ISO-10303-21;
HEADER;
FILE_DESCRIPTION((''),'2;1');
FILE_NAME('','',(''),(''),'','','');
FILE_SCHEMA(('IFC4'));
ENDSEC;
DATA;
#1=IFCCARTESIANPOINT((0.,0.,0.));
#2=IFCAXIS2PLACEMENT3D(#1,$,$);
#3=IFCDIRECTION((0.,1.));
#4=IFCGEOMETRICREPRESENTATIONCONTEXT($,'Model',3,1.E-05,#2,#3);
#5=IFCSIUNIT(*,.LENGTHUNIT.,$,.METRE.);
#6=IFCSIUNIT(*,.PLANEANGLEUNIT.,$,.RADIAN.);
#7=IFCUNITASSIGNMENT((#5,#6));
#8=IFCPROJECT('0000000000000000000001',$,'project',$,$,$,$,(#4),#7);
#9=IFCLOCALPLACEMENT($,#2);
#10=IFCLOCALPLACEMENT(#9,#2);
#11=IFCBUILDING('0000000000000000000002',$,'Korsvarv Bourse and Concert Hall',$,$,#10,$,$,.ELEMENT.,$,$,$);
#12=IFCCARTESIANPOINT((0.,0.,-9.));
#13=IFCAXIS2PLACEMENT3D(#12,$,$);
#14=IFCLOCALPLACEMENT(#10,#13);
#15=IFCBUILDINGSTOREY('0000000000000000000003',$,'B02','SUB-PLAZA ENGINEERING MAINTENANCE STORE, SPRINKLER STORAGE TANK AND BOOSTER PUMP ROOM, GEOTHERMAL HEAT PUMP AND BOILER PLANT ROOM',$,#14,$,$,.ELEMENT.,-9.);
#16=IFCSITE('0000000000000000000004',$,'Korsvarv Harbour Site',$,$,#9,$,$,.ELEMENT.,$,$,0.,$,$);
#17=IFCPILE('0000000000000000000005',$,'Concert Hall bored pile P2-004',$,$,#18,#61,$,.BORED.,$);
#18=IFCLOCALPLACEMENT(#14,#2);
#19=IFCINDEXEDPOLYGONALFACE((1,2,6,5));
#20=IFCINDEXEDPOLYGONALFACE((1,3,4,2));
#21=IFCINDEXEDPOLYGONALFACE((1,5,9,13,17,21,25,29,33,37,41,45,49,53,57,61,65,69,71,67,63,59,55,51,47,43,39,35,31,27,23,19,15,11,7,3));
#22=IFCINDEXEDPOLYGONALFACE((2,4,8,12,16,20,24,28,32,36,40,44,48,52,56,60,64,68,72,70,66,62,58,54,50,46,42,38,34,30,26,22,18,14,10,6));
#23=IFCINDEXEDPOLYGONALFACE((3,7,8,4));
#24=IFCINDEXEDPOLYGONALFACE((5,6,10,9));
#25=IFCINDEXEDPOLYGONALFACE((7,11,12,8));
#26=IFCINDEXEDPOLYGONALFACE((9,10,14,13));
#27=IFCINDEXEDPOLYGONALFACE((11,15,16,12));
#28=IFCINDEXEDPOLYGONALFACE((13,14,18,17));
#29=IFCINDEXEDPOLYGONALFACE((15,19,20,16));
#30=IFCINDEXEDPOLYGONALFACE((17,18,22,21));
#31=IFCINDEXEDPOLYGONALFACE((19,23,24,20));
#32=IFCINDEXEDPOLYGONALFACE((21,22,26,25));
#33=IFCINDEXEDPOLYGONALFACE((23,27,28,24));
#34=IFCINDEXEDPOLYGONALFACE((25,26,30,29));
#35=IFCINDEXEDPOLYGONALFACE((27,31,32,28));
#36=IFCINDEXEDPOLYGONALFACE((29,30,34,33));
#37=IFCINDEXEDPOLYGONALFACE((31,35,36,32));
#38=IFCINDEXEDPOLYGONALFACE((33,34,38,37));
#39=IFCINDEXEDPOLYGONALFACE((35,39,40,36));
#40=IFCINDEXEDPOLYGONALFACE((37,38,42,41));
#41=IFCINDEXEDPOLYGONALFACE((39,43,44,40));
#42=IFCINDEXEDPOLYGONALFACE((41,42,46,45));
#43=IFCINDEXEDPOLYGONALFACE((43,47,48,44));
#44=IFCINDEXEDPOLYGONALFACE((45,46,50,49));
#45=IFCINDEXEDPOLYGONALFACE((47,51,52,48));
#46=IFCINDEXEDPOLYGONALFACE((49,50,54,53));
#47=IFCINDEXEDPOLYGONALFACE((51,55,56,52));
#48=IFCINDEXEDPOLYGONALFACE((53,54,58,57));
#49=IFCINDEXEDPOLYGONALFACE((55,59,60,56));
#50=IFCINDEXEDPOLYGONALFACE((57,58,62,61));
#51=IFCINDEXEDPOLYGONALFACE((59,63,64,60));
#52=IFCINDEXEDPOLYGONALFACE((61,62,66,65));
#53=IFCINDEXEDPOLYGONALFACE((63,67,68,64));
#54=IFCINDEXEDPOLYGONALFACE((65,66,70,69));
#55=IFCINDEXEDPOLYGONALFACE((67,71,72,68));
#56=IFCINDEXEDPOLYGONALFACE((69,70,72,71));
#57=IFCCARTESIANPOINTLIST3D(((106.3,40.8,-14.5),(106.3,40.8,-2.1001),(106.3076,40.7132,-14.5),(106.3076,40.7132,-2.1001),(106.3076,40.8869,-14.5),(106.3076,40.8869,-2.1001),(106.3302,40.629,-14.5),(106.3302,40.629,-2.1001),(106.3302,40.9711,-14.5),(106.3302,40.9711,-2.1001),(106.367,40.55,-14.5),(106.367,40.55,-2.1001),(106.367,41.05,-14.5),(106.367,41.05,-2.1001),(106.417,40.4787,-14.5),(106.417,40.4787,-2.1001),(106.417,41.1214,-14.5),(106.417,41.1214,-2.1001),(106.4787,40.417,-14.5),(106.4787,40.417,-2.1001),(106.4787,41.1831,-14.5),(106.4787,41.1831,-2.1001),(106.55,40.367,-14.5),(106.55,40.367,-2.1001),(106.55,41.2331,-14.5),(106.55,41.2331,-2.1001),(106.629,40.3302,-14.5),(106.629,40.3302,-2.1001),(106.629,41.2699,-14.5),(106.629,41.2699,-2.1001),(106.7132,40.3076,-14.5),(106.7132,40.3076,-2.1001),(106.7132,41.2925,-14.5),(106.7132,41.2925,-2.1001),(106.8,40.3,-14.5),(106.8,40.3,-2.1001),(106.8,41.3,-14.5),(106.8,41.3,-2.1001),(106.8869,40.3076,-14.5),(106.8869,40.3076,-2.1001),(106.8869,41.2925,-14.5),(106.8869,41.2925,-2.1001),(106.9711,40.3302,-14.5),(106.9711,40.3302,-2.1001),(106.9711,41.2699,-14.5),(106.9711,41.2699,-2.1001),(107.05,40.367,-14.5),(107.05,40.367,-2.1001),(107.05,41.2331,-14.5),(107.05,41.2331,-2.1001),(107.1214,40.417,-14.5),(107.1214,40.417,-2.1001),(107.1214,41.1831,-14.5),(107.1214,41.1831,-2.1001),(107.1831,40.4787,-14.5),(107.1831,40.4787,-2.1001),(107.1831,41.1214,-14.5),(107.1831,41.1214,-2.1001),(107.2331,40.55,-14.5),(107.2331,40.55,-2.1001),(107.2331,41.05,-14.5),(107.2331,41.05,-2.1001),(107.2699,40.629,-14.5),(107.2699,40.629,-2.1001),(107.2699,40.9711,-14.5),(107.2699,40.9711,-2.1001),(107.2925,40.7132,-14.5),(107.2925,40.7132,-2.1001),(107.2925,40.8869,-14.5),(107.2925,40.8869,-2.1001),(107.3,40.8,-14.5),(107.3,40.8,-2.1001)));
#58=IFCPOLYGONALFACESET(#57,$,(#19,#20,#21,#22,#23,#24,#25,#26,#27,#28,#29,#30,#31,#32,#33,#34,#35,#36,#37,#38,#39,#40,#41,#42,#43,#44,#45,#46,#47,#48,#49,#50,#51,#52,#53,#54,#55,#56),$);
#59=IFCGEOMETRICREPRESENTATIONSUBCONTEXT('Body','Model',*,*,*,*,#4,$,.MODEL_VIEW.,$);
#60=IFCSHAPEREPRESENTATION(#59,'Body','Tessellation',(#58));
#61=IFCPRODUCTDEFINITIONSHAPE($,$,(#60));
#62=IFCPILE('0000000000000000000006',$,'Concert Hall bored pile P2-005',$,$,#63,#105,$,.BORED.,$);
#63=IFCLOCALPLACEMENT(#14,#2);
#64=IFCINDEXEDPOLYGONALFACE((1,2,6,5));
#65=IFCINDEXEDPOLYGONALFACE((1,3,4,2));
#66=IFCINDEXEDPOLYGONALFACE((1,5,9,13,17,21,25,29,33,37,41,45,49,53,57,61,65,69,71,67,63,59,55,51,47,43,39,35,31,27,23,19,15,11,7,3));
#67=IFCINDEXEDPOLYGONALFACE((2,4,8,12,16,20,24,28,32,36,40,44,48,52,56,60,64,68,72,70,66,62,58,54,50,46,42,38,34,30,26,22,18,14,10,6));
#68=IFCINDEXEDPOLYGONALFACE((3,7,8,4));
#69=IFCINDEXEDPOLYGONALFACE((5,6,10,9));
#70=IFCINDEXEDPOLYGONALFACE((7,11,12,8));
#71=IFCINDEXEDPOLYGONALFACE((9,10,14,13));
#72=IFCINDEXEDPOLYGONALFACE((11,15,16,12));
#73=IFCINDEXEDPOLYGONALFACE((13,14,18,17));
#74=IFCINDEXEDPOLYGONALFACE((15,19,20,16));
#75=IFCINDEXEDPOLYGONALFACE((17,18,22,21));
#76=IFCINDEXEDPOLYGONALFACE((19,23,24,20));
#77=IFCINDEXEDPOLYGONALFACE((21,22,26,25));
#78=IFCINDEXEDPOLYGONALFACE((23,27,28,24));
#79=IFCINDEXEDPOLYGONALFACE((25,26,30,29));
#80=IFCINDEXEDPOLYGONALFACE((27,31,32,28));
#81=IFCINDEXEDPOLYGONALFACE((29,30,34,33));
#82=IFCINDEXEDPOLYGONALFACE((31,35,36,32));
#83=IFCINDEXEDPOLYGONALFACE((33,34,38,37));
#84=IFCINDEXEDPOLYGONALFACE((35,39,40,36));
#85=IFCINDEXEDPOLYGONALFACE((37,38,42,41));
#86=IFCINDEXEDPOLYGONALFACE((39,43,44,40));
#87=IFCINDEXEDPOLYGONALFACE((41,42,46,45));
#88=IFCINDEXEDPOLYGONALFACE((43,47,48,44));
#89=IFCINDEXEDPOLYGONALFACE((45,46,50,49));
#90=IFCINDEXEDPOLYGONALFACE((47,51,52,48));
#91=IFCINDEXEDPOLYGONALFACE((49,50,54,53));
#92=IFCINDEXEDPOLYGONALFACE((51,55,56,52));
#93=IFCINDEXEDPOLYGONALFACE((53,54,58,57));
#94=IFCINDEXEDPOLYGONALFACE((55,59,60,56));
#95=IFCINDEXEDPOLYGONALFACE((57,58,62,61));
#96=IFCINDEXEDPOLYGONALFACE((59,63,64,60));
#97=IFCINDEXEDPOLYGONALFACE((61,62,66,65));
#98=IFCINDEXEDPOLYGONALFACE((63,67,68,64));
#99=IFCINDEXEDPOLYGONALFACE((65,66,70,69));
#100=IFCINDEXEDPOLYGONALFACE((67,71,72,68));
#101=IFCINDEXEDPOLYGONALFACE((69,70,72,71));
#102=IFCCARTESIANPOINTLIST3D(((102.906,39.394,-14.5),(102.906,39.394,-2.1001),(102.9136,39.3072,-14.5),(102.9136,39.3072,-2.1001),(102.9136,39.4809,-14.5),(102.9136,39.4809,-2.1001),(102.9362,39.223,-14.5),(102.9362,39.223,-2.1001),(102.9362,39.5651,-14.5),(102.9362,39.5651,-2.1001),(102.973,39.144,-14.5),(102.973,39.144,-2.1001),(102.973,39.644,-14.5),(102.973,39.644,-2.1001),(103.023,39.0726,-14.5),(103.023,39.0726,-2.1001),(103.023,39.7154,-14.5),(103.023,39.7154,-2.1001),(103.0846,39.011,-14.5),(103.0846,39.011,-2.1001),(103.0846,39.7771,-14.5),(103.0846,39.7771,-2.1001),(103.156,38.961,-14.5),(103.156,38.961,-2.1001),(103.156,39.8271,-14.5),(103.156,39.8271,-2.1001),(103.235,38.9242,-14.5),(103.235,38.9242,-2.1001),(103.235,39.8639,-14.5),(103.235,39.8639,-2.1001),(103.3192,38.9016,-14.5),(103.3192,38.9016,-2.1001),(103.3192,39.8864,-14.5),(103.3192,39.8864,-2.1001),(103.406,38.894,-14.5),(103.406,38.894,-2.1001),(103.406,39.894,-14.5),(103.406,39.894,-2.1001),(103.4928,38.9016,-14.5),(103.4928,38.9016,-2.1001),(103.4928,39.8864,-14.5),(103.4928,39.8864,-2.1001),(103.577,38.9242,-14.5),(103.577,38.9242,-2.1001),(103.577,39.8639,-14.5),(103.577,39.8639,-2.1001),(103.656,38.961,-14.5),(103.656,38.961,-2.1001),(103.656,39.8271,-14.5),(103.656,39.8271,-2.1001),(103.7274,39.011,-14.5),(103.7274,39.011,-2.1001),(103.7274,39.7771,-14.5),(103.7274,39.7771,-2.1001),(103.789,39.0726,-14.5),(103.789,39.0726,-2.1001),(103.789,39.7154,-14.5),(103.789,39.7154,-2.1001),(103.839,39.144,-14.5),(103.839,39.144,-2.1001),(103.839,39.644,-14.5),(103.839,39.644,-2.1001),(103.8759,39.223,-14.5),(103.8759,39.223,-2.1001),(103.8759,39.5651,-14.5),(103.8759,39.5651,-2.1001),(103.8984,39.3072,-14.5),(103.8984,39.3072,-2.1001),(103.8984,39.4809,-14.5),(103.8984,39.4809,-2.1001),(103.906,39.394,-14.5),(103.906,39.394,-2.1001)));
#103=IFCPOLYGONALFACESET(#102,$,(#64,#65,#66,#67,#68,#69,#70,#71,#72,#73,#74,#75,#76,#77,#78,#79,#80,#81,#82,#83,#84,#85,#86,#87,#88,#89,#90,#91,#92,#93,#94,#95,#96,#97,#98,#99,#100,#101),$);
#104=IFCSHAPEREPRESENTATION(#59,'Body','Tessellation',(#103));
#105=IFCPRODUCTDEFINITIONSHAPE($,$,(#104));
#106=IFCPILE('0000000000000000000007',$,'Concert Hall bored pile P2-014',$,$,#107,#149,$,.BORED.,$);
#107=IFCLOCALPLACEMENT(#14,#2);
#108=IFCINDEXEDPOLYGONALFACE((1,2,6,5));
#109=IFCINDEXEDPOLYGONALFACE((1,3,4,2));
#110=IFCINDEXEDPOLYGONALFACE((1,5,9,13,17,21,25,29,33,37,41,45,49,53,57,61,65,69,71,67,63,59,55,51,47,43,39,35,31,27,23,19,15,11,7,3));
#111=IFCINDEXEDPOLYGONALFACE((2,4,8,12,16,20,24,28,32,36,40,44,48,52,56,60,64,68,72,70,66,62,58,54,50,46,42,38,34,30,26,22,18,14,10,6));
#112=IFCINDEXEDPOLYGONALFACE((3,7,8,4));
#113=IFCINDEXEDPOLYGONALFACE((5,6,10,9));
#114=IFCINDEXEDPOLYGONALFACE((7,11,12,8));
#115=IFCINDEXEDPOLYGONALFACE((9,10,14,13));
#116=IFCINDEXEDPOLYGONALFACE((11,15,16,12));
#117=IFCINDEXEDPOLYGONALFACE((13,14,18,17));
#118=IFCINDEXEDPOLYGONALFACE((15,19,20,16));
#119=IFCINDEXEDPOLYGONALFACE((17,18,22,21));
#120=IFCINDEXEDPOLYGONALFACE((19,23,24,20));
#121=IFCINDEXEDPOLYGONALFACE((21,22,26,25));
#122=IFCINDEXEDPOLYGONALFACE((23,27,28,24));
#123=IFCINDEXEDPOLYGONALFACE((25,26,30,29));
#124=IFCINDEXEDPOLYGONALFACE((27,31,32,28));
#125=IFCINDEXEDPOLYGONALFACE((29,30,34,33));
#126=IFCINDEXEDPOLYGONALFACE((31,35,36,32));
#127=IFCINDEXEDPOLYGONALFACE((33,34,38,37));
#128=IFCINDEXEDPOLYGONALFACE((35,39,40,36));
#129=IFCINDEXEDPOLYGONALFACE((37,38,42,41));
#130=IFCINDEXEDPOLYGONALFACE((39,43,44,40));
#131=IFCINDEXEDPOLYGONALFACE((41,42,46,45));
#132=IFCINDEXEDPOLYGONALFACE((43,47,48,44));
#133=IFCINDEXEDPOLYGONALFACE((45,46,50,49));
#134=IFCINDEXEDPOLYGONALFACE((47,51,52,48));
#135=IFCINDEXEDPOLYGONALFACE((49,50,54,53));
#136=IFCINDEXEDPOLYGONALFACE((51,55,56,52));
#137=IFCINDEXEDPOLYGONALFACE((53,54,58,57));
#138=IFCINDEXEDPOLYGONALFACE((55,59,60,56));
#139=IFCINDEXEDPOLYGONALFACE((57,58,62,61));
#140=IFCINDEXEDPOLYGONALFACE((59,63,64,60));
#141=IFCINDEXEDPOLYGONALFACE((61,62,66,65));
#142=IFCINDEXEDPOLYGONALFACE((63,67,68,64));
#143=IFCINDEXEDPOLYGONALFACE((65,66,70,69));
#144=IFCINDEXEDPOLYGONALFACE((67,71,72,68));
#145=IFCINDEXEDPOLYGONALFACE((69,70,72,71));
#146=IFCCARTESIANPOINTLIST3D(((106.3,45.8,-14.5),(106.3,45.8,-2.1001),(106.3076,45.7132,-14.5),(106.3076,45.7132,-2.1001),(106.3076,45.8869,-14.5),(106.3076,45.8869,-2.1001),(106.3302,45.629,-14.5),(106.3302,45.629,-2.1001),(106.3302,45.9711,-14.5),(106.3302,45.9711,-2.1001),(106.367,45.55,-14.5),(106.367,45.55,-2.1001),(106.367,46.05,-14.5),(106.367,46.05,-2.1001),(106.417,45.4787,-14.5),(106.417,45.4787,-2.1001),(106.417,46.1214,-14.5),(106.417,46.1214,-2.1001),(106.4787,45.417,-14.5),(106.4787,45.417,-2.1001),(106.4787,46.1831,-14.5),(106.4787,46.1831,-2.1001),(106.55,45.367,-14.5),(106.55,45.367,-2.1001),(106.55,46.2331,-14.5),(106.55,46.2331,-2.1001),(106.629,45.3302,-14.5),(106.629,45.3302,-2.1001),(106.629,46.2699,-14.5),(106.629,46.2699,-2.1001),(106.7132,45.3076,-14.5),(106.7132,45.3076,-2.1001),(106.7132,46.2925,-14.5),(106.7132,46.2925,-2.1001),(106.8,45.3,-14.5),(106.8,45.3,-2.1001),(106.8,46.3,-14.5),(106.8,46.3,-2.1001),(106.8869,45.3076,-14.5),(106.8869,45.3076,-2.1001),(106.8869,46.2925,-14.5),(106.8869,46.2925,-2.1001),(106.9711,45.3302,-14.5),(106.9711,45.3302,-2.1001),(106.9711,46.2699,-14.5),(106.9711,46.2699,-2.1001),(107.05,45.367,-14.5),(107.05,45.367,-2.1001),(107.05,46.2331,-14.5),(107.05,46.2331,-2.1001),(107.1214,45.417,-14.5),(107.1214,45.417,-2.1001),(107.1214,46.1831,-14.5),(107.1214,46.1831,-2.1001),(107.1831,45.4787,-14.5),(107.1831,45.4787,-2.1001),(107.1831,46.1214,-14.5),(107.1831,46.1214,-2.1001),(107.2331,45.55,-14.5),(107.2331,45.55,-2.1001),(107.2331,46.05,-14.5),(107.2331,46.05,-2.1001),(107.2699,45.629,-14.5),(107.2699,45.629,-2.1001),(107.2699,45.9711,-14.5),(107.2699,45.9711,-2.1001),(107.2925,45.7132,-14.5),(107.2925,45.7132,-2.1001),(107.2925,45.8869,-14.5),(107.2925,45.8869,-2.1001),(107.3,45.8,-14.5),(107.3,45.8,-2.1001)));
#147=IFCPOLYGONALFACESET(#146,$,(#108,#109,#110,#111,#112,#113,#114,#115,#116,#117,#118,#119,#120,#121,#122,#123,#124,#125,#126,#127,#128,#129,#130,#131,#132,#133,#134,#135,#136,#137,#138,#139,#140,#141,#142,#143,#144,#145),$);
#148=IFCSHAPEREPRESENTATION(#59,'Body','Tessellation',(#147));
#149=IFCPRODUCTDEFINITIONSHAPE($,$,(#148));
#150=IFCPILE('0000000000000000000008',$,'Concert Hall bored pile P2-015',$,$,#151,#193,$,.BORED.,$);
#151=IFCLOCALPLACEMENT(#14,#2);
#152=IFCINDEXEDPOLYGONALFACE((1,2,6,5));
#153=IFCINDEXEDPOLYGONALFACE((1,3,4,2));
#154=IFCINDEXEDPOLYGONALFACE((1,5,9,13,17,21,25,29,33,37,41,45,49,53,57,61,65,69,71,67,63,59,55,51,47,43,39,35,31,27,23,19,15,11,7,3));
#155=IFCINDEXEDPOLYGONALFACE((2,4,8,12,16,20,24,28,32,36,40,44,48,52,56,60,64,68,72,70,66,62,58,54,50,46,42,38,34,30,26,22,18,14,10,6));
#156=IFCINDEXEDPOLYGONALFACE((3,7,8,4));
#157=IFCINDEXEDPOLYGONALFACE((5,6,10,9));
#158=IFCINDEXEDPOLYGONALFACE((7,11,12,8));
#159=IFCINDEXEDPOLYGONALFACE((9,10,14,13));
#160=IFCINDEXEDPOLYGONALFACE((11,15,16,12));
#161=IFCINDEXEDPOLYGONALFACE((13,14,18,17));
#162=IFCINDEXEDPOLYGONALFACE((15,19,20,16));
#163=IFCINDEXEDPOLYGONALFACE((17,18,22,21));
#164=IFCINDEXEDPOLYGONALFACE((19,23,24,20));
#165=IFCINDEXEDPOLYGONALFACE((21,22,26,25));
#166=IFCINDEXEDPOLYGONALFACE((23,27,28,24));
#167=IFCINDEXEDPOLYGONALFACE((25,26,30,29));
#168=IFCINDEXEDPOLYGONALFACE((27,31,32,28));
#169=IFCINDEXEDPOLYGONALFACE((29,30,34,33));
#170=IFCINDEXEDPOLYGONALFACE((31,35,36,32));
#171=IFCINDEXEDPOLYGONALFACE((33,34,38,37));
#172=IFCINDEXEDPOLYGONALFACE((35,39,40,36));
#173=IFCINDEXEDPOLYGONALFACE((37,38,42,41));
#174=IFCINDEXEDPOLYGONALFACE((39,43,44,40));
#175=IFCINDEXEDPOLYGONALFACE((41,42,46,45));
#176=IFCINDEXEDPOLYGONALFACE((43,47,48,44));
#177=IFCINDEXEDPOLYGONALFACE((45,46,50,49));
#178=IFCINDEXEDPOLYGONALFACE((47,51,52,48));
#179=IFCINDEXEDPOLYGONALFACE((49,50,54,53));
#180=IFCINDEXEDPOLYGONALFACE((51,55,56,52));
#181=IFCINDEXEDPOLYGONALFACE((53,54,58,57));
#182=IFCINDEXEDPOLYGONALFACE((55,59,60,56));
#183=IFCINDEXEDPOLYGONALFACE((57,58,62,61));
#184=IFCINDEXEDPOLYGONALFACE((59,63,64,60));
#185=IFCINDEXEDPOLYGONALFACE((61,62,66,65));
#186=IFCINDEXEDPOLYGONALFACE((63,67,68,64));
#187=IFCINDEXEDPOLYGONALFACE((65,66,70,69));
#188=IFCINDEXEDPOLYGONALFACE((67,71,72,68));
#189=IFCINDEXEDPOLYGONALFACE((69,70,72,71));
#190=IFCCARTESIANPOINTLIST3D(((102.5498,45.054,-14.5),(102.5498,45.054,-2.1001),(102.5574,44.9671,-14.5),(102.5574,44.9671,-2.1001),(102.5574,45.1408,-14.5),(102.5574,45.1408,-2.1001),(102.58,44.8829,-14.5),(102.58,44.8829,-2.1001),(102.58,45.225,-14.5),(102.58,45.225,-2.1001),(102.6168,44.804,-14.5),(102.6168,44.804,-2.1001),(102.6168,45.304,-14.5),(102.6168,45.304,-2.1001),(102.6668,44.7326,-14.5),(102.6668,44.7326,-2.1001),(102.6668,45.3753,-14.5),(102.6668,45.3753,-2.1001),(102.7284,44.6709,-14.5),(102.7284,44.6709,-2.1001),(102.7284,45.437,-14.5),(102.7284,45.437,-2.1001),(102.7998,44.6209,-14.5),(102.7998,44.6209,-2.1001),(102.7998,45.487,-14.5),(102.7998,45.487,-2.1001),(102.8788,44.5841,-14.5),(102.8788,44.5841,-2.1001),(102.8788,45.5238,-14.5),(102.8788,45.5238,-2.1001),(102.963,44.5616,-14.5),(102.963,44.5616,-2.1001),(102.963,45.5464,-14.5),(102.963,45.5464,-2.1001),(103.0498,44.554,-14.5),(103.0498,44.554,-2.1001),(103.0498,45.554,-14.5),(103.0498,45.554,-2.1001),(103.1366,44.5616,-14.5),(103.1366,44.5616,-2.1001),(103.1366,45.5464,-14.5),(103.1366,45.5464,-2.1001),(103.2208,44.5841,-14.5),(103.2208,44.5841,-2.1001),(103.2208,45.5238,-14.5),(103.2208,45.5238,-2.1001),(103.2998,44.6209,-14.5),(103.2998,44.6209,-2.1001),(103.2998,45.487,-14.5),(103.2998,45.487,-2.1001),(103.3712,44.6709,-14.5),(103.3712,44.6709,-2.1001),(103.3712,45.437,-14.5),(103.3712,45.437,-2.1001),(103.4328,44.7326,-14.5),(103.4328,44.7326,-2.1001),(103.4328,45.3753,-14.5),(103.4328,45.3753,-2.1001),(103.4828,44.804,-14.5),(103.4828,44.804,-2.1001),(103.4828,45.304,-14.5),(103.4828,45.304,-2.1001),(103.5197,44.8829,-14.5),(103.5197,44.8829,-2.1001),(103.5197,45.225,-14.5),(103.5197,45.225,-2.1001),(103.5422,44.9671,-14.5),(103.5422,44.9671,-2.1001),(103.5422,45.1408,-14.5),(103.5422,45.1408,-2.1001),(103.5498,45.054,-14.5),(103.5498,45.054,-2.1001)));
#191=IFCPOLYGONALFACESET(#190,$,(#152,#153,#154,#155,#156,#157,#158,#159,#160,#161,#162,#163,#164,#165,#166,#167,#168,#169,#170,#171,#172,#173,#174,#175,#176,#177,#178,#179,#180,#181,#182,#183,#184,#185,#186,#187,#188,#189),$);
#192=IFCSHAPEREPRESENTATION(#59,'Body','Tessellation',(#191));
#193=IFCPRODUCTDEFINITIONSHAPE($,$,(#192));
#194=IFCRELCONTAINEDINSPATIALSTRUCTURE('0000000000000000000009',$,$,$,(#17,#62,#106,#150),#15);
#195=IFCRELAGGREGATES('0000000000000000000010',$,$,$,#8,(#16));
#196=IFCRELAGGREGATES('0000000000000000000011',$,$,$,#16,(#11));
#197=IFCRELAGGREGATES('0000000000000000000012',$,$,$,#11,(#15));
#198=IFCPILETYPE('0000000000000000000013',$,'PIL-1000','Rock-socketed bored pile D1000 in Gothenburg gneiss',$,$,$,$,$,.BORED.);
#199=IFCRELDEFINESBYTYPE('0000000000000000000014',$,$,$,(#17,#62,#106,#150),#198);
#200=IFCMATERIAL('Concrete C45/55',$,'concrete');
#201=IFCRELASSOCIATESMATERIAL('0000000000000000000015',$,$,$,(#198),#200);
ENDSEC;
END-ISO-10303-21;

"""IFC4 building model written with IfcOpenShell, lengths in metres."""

from ifc_helpers import new_model, si_unit, direction, frame, origin, origin_2d, place, context, subcontext, project, spatial, circle, extrude, source, transform, mapped, material, material_profile, profile_set, type_object, element, save


model = new_model("IFC4")

# Units and contexts
model_context = context("Model", 3, precision=1e-05, world=origin(), true_north=direction((0.0, 1.0)))
body_context = subcontext(model_context, "Body", "Model", "MODEL_VIEW")
ifc_project = project(units=[si_unit("LENGTHUNIT", "METRE"), si_unit("PLANEANGLEUNIT", "RADIAN")], contexts=[model_context])

# Site, building, storey
site_placement = place(None, origin())
site = spatial("IfcSite", under=ifc_project, at=site_placement, Name="Korsvarv Harbour Site", CompositionType="ELEMENT", RefElevation=0.0)
building_placement = place(site_placement, origin())
building = spatial("IfcBuilding", under=site, at=building_placement, Name="Korsvarv Bourse and Concert Hall", CompositionType="ELEMENT")
storey_placement = place(building_placement, frame((0.0, 0.0, -9.0)))
storey = spatial("IfcBuildingStorey", under=building, at=storey_placement, Name="B02", Description="SUB-PLAZA ENGINEERING MAINTENANCE STORE, SPRINKLER STORAGE TANK AND BOOSTER PUMP ROOM, GEOTHERMAL HEAT PUMP AND BOILER PLANT ROOM", CompositionType="ELEMENT", Elevation=-9.0)

# Piles
ifc_material_1 = material(Name="Concrete C45/55", Category="concrete")
ifc_material_profile_1 = material_profile(ifc_material_1, circle(Radius=0.5, at=origin_2d()), Name="PILE D1000")
ifc_profile_set_1 = profile_set([ifc_material_profile_1], Name="Concrete C45/55")
pile_type = type_object("IfcPileType", Name="PIL-1000", Description="Rock-socketed bored pile D1000 in Gothenburg gneiss", PredefinedType="BORED", material=ifc_profile_set_1)
shared_shape_1 = source(origin(), body_context, "Body", "SweptSolid", [
    extrude(circle(Radius=0.5, at=origin_2d()), origin(), (0.0, 0.0, 1.0), 12.3999),
])
for number, where, z_axis, x_axis, name in (
    (1, (106.8, 40.8, -2.1001), (0.0, 0.0, -1.0), (1.0, 0.0, 0.0), "Concert Hall bored pile P2-004"),
    (2, (103.406, 39.394, -2.1001), (0.0, 0.0, -1.0), (1.0, 0.0, 0.0), "Concert Hall bored pile P2-005"),
    (3, (106.8, 45.8, -2.1001), (0.0, 0.0, -1.0), (1.0, 0.0, 0.0), "Concert Hall bored pile P2-014"),
    (4, (103.0498, 45.054, -2.1001), (0.0, 0.0, -1.0), (1.0, 0.0, 0.0), "Concert Hall bored pile P2-015"),
):
    element("IfcPile", number, at=place(storey_placement, frame(where, z_axis=z_axis, x_axis=x_axis)), inside=storey, type_object=pile_type, Name=name, PredefinedType="BORED", context=body_context, shape_type="MappedRepresentation", body=[
        mapped(shared_shape_1, transform((0.0, 0.0, 0.0), scale=1.0)),
    ])

save(model, "model.ifc")
